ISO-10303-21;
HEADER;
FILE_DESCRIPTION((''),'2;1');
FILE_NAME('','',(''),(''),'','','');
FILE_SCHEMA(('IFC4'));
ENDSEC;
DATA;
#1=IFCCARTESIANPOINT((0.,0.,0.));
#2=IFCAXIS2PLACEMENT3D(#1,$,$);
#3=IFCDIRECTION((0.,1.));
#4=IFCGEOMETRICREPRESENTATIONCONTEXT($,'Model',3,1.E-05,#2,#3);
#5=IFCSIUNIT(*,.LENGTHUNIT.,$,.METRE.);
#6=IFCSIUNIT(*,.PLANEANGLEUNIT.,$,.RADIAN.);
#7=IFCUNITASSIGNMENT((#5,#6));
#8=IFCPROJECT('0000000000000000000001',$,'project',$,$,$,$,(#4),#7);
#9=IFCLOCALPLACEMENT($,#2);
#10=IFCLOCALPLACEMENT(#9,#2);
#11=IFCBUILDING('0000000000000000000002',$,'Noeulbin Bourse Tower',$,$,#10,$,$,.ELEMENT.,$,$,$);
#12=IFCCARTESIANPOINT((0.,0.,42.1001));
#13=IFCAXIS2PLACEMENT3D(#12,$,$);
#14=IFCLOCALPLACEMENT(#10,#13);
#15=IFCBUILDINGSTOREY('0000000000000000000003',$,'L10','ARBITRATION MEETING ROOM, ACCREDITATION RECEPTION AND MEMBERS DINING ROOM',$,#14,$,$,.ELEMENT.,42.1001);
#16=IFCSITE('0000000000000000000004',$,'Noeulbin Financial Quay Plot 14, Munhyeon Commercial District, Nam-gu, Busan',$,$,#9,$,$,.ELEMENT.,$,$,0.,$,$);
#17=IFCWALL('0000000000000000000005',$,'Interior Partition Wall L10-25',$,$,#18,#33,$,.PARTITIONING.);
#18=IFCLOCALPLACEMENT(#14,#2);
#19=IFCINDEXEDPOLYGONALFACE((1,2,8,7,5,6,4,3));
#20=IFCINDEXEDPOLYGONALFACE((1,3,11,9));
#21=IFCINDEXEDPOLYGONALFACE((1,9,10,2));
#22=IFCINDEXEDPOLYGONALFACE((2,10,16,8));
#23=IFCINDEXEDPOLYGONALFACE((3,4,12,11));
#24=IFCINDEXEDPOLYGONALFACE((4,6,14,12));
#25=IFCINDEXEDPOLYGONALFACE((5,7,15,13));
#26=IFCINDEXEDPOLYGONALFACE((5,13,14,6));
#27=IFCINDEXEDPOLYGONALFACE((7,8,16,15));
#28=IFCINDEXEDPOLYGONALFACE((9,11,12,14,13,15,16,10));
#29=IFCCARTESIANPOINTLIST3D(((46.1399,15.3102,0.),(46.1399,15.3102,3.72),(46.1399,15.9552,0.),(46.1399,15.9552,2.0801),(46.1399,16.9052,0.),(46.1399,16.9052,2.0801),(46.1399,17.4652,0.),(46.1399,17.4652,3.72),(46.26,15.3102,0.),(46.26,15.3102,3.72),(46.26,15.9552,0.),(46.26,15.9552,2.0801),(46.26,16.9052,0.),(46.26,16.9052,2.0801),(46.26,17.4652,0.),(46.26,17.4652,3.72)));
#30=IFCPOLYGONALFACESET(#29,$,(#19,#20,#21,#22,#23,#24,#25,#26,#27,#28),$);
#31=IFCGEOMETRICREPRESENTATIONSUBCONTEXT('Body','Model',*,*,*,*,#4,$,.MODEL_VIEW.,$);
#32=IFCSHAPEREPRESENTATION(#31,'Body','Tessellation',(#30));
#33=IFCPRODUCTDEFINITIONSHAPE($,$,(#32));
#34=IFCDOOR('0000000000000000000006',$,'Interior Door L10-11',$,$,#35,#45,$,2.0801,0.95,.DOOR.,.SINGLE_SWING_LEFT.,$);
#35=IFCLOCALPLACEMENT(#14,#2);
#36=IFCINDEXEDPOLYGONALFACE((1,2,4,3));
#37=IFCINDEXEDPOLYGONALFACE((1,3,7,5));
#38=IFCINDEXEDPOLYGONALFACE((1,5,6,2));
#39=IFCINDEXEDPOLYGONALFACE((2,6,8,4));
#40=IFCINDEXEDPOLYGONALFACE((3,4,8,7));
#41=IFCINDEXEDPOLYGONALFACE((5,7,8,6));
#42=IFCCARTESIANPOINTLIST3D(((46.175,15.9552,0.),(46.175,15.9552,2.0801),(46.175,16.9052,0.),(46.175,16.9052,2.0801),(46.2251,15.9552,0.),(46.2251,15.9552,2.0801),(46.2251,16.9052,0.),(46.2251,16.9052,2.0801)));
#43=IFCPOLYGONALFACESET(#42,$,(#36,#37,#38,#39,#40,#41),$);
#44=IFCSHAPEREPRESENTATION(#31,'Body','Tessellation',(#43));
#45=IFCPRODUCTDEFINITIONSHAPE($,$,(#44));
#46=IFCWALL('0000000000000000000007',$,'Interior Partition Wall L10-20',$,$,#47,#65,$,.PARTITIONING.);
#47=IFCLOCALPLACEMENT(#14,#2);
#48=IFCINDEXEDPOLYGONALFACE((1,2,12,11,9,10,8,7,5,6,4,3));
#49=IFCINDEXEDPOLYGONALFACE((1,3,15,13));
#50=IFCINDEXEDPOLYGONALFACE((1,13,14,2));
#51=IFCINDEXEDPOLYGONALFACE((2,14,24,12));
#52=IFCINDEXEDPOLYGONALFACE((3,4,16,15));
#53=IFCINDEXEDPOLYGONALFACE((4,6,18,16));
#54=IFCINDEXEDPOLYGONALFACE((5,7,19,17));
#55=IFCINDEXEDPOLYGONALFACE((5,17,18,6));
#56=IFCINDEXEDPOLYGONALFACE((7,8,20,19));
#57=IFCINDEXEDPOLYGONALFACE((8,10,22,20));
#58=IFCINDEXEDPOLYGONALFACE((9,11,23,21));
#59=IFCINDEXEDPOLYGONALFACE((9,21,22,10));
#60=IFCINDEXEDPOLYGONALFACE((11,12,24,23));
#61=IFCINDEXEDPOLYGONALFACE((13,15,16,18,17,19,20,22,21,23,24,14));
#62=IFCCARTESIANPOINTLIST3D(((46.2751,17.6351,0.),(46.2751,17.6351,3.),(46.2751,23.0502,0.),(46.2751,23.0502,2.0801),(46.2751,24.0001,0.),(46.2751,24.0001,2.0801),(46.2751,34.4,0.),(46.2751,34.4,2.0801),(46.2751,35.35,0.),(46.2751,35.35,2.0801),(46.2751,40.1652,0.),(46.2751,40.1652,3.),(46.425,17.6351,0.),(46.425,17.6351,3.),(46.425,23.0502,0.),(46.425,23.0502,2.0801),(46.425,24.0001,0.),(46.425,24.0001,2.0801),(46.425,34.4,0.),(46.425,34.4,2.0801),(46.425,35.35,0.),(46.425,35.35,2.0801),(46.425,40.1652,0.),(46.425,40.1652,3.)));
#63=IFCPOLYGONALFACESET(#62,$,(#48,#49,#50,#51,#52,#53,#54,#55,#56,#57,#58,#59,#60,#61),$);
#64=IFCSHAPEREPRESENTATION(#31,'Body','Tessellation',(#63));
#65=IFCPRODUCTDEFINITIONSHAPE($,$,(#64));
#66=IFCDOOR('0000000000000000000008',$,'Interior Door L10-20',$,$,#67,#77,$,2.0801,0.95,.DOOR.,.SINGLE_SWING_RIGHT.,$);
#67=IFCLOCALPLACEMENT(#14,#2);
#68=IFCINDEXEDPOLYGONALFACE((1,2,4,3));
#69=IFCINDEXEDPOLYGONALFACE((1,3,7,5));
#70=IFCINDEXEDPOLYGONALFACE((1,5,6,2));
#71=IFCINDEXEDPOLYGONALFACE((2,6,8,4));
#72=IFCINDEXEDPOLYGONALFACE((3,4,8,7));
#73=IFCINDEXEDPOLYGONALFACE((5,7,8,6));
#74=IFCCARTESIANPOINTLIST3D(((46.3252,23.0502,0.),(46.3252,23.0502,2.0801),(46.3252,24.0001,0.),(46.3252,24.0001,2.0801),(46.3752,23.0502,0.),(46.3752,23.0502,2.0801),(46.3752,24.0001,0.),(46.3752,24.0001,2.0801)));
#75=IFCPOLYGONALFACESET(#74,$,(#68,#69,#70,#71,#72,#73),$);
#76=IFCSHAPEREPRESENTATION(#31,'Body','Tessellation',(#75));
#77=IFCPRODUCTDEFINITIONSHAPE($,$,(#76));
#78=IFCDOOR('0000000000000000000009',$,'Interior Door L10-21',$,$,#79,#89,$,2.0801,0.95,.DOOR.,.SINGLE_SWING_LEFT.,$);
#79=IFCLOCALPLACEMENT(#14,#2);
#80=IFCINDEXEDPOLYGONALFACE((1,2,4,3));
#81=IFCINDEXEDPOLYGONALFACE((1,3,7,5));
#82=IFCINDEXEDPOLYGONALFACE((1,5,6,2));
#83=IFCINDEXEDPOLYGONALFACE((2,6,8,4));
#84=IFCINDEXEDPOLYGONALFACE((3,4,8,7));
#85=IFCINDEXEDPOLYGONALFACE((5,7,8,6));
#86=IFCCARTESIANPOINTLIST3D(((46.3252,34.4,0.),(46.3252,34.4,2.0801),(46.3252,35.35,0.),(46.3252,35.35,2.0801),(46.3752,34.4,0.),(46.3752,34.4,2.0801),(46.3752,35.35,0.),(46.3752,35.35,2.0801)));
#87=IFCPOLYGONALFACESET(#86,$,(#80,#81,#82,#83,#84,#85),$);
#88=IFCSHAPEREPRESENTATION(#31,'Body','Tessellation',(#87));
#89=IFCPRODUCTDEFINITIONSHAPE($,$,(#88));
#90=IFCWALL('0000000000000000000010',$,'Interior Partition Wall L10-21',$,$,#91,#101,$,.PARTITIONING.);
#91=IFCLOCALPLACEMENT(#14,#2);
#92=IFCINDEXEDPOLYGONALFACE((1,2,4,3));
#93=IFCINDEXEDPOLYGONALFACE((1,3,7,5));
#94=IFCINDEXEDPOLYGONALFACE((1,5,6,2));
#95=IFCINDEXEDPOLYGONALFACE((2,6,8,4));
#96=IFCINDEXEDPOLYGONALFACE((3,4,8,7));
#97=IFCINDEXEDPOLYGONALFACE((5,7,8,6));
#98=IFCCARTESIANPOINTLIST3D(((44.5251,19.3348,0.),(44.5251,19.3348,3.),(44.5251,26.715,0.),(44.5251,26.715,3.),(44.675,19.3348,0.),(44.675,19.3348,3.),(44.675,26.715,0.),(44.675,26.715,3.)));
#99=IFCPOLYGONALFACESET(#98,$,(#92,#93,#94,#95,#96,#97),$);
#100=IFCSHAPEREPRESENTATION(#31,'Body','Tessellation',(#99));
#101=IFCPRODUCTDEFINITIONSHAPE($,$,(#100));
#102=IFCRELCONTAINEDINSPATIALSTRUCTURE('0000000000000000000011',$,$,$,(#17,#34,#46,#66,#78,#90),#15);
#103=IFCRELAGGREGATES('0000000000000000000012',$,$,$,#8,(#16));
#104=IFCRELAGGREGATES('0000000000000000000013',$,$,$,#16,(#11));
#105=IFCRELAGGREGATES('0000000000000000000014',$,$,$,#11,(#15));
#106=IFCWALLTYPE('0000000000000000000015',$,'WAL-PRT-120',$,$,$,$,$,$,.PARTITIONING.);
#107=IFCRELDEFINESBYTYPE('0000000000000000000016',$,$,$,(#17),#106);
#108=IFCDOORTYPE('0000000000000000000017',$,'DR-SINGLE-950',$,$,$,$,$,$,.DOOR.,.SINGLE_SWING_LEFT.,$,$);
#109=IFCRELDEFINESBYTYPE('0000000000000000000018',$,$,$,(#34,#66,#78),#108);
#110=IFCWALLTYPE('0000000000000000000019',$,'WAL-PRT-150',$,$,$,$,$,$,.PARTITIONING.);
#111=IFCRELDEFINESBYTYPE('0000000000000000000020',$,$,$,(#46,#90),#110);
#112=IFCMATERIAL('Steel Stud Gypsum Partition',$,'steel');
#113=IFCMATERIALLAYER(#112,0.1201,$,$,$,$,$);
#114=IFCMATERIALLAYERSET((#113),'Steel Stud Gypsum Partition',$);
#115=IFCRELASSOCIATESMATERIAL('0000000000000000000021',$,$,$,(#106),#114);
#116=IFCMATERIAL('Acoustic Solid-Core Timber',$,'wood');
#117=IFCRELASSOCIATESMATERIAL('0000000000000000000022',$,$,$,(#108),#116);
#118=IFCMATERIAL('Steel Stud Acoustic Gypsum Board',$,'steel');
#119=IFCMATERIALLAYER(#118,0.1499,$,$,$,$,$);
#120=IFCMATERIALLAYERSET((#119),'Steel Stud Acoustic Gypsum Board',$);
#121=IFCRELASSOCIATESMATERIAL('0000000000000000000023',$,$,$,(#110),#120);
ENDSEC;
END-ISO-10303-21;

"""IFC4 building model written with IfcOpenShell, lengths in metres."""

from ifc_helpers import new_model, si_unit, direction, frame, frame_2d, origin, place, context, subcontext, project, spatial, rectangle, extrude, material, layer, layer_set, type_object, element, fill, save


model = new_model("IFC4")

# Units and contexts
model_context = context("Model", 3, precision=1e-05, world=origin(), true_north=direction((0.0, 1.0)))
body_context = subcontext(model_context, "Body", "Model", "MODEL_VIEW")
ifc_project = project(units=[si_unit("LENGTHUNIT", "METRE"), si_unit("PLANEANGLEUNIT", "RADIAN")], contexts=[model_context])

# Site, building, storey
site_placement = place(None, origin())
site = spatial("IfcSite", under=ifc_project, at=site_placement, Name="Noeulbin Financial Quay Plot 14, Munhyeon Commercial District, Nam-gu, Busan", CompositionType="ELEMENT", RefElevation=0.0)
building_placement = place(site_placement, origin())
building = spatial("IfcBuilding", under=site, at=building_placement, Name="Noeulbin Bourse Tower", CompositionType="ELEMENT")
storey_placement = place(building_placement, frame((0.0, 0.0, 42.1001)))
storey = spatial("IfcBuildingStorey", under=building, at=storey_placement, Name="L10", Description="ARBITRATION MEETING ROOM, ACCREDITATION RECEPTION AND MEMBERS DINING ROOM", CompositionType="ELEMENT", Elevation=42.1001)

# Wall, opening, door
ifc_material_1 = material(Name="Steel Stud Gypsum Partition", Category="steel")
ifc_layer_1 = layer(ifc_material_1, 0.1201)
ifc_layer_set_1 = layer_set([ifc_layer_1], Name="Steel Stud Gypsum Partition")
wall_type_1 = type_object("IfcWallType", Name="WAL-PRT-120", PredefinedType="PARTITIONING", material=ifc_layer_set_1)
wall_1_placement = place(storey_placement, frame((46.2, 15.3101, 0.0), z_axis=(0.0, 0.0, 1.0), x_axis=(0.0, 1.0, 0.0)))
wall_1 = element("IfcWall", 1, at=wall_1_placement, inside=storey, type_object=wall_type_1, Name="Interior Partition Wall L10-25", PredefinedType="PARTITIONING", context=body_context, shape_type="SweptSolid", body=[
    extrude(rectangle(XDim=2.155, YDim=0.1201, at=frame_2d((1.0776, 0.0))), origin(), (0.0, 0.0, 1.0), 3.72),
])
opening_1_placement = place(wall_1_placement, frame((0.645, 0.0, 0.0)))
opening_1 = element("IfcOpeningElement", 2, at=opening_1_placement, cuts=wall_1, PredefinedType="OPENING", context=body_context, shape_type="SweptSolid", body=[
    extrude(rectangle(XDim=0.95, YDim=2.0801, at=frame_2d((0.4751, 1.04))), frame((0.0, 0.0701, 0.0), z_axis=(0.0, -1.0, 0.0), x_axis=(1.0, 0.0, 0.0)), (0.0, 0.0, 1.0), 0.1401),
])
ifc_material_2 = material(Name="Acoustic Solid-Core Timber", Category="wood")
door_type = type_object("IfcDoorType", Name="DR-SINGLE-950", OperationType="SINGLE_SWING_LEFT", PredefinedType="DOOR", material=ifc_material_2)
door_1_placement = place(opening_1_placement, origin())
door_1 = element("IfcDoor", 3, at=door_1_placement, inside=storey, type_object=door_type, Name="Interior Door L10-11", OperationType="SINGLE_SWING_LEFT", OverallHeight=2.0801, OverallWidth=0.95, PredefinedType="DOOR", context=body_context, shape_type="SweptSolid", body=[
    extrude(rectangle(XDim=0.95, YDim=2.0801, at=frame_2d((0.4751, 1.04))), frame((0.0, 0.0249, 0.0), z_axis=(0.0, -1.0, 0.0), x_axis=(1.0, 0.0, 0.0)), (0.0, 0.0, 1.0), 0.05),
])
fill(opening_1, door_1)

# Wall, openings, doors
ifc_material_3 = material(Name="Steel Stud Acoustic Gypsum Board", Category="steel")
ifc_layer_2 = layer(ifc_material_3, 0.1499)
ifc_layer_set_2 = layer_set([ifc_layer_2], Name="Steel Stud Acoustic Gypsum Board")
wall_type_2 = type_object("IfcWallType", Name="WAL-PRT-150", PredefinedType="PARTITIONING", material=ifc_layer_set_2)
wall_2_placement = place(storey_placement, frame((46.3501, 17.635, 0.0), z_axis=(0.0, 0.0, 1.0), x_axis=(0.0, 1.0, 0.0)))
wall_2 = element("IfcWall", 4, at=wall_2_placement, inside=storey, type_object=wall_type_2, Name="Interior Partition Wall L10-20", PredefinedType="PARTITIONING", context=body_context, shape_type="SweptSolid", body=[
    extrude(rectangle(XDim=22.53, YDim=0.1499, at=frame_2d((11.2651, 0.0))), origin(), (0.0, 0.0, 1.0), 3.0),
])
opening_2_placement = place(wall_2_placement, frame((5.415, 0.0, 0.0)))
opening_2 = element("IfcOpeningElement", 5, at=opening_2_placement, cuts=wall_2, PredefinedType="OPENING", context=body_context, shape_type="SweptSolid", body=[
    extrude(rectangle(XDim=0.95, YDim=2.0801, at=frame_2d((0.4751, 1.04))), frame((0.0, 0.085, 0.0), z_axis=(0.0, -1.0, 0.0), x_axis=(1.0, 0.0, 0.0)), (0.0, 0.0, 1.0), 0.1699),
])
opening_3_placement = place(wall_2_placement, frame((16.7649, 0.0, 0.0)))
opening_3 = element("IfcOpeningElement", 6, at=opening_3_placement, cuts=wall_2, PredefinedType="OPENING", context=body_context, shape_type="SweptSolid", body=[
    extrude(rectangle(XDim=0.95, YDim=2.0801, at=frame_2d((0.4751, 1.04))), frame((0.0, 0.085, 0.0), z_axis=(0.0, -1.0, 0.0), x_axis=(1.0, 0.0, 0.0)), (0.0, 0.0, 1.0), 0.1699),
])
door_2_placement = place(opening_2_placement, origin())
door_2 = element("IfcDoor", 7, at=door_2_placement, inside=storey, type_object=door_type, Name="Interior Door L10-20", OperationType="SINGLE_SWING_RIGHT", OverallHeight=2.0801, OverallWidth=0.95, PredefinedType="DOOR", context=body_context, shape_type="SweptSolid", body=[
    extrude(rectangle(XDim=0.95, YDim=2.0801, at=frame_2d((0.4751, 1.04))), frame((0.0, 0.0249, 0.0), z_axis=(0.0, -1.0, 0.0), x_axis=(1.0, 0.0, 0.0)), (0.0, 0.0, 1.0), 0.05),
])
fill(opening_2, door_2)
door_3_placement = place(opening_3_placement, origin())
door_3 = element("IfcDoor", 8, at=door_3_placement, inside=storey, type_object=door_type, Name="Interior Door L10-21", OperationType="SINGLE_SWING_LEFT", OverallHeight=2.0801, OverallWidth=0.95, PredefinedType="DOOR", context=body_context, shape_type="SweptSolid", body=[
    extrude(rectangle(XDim=0.95, YDim=2.0801, at=frame_2d((0.4751, 1.04))), frame((0.0, 0.0249, 0.0), z_axis=(0.0, -1.0, 0.0), x_axis=(1.0, 0.0, 0.0)), (0.0, 0.0, 1.0), 0.05),
])
fill(opening_3, door_3)

# Wall
wall_3_placement = place(storey_placement, frame((44.6001, 19.335, 0.0), z_axis=(0.0, 0.0, 1.0), x_axis=(0.0, 1.0, 0.0)))
element("IfcWall", 9, at=wall_3_placement, inside=storey, type_object=wall_type_2, Name="Interior Partition Wall L10-21", PredefinedType="PARTITIONING", context=body_context, shape_type="SweptSolid", body=[
    extrude(rectangle(XDim=7.3801, YDim=0.1499, at=frame_2d((3.6899, 0.0))), origin(), (0.0, 0.0, 1.0), 3.0),
])

save(model, "model.ifc")
